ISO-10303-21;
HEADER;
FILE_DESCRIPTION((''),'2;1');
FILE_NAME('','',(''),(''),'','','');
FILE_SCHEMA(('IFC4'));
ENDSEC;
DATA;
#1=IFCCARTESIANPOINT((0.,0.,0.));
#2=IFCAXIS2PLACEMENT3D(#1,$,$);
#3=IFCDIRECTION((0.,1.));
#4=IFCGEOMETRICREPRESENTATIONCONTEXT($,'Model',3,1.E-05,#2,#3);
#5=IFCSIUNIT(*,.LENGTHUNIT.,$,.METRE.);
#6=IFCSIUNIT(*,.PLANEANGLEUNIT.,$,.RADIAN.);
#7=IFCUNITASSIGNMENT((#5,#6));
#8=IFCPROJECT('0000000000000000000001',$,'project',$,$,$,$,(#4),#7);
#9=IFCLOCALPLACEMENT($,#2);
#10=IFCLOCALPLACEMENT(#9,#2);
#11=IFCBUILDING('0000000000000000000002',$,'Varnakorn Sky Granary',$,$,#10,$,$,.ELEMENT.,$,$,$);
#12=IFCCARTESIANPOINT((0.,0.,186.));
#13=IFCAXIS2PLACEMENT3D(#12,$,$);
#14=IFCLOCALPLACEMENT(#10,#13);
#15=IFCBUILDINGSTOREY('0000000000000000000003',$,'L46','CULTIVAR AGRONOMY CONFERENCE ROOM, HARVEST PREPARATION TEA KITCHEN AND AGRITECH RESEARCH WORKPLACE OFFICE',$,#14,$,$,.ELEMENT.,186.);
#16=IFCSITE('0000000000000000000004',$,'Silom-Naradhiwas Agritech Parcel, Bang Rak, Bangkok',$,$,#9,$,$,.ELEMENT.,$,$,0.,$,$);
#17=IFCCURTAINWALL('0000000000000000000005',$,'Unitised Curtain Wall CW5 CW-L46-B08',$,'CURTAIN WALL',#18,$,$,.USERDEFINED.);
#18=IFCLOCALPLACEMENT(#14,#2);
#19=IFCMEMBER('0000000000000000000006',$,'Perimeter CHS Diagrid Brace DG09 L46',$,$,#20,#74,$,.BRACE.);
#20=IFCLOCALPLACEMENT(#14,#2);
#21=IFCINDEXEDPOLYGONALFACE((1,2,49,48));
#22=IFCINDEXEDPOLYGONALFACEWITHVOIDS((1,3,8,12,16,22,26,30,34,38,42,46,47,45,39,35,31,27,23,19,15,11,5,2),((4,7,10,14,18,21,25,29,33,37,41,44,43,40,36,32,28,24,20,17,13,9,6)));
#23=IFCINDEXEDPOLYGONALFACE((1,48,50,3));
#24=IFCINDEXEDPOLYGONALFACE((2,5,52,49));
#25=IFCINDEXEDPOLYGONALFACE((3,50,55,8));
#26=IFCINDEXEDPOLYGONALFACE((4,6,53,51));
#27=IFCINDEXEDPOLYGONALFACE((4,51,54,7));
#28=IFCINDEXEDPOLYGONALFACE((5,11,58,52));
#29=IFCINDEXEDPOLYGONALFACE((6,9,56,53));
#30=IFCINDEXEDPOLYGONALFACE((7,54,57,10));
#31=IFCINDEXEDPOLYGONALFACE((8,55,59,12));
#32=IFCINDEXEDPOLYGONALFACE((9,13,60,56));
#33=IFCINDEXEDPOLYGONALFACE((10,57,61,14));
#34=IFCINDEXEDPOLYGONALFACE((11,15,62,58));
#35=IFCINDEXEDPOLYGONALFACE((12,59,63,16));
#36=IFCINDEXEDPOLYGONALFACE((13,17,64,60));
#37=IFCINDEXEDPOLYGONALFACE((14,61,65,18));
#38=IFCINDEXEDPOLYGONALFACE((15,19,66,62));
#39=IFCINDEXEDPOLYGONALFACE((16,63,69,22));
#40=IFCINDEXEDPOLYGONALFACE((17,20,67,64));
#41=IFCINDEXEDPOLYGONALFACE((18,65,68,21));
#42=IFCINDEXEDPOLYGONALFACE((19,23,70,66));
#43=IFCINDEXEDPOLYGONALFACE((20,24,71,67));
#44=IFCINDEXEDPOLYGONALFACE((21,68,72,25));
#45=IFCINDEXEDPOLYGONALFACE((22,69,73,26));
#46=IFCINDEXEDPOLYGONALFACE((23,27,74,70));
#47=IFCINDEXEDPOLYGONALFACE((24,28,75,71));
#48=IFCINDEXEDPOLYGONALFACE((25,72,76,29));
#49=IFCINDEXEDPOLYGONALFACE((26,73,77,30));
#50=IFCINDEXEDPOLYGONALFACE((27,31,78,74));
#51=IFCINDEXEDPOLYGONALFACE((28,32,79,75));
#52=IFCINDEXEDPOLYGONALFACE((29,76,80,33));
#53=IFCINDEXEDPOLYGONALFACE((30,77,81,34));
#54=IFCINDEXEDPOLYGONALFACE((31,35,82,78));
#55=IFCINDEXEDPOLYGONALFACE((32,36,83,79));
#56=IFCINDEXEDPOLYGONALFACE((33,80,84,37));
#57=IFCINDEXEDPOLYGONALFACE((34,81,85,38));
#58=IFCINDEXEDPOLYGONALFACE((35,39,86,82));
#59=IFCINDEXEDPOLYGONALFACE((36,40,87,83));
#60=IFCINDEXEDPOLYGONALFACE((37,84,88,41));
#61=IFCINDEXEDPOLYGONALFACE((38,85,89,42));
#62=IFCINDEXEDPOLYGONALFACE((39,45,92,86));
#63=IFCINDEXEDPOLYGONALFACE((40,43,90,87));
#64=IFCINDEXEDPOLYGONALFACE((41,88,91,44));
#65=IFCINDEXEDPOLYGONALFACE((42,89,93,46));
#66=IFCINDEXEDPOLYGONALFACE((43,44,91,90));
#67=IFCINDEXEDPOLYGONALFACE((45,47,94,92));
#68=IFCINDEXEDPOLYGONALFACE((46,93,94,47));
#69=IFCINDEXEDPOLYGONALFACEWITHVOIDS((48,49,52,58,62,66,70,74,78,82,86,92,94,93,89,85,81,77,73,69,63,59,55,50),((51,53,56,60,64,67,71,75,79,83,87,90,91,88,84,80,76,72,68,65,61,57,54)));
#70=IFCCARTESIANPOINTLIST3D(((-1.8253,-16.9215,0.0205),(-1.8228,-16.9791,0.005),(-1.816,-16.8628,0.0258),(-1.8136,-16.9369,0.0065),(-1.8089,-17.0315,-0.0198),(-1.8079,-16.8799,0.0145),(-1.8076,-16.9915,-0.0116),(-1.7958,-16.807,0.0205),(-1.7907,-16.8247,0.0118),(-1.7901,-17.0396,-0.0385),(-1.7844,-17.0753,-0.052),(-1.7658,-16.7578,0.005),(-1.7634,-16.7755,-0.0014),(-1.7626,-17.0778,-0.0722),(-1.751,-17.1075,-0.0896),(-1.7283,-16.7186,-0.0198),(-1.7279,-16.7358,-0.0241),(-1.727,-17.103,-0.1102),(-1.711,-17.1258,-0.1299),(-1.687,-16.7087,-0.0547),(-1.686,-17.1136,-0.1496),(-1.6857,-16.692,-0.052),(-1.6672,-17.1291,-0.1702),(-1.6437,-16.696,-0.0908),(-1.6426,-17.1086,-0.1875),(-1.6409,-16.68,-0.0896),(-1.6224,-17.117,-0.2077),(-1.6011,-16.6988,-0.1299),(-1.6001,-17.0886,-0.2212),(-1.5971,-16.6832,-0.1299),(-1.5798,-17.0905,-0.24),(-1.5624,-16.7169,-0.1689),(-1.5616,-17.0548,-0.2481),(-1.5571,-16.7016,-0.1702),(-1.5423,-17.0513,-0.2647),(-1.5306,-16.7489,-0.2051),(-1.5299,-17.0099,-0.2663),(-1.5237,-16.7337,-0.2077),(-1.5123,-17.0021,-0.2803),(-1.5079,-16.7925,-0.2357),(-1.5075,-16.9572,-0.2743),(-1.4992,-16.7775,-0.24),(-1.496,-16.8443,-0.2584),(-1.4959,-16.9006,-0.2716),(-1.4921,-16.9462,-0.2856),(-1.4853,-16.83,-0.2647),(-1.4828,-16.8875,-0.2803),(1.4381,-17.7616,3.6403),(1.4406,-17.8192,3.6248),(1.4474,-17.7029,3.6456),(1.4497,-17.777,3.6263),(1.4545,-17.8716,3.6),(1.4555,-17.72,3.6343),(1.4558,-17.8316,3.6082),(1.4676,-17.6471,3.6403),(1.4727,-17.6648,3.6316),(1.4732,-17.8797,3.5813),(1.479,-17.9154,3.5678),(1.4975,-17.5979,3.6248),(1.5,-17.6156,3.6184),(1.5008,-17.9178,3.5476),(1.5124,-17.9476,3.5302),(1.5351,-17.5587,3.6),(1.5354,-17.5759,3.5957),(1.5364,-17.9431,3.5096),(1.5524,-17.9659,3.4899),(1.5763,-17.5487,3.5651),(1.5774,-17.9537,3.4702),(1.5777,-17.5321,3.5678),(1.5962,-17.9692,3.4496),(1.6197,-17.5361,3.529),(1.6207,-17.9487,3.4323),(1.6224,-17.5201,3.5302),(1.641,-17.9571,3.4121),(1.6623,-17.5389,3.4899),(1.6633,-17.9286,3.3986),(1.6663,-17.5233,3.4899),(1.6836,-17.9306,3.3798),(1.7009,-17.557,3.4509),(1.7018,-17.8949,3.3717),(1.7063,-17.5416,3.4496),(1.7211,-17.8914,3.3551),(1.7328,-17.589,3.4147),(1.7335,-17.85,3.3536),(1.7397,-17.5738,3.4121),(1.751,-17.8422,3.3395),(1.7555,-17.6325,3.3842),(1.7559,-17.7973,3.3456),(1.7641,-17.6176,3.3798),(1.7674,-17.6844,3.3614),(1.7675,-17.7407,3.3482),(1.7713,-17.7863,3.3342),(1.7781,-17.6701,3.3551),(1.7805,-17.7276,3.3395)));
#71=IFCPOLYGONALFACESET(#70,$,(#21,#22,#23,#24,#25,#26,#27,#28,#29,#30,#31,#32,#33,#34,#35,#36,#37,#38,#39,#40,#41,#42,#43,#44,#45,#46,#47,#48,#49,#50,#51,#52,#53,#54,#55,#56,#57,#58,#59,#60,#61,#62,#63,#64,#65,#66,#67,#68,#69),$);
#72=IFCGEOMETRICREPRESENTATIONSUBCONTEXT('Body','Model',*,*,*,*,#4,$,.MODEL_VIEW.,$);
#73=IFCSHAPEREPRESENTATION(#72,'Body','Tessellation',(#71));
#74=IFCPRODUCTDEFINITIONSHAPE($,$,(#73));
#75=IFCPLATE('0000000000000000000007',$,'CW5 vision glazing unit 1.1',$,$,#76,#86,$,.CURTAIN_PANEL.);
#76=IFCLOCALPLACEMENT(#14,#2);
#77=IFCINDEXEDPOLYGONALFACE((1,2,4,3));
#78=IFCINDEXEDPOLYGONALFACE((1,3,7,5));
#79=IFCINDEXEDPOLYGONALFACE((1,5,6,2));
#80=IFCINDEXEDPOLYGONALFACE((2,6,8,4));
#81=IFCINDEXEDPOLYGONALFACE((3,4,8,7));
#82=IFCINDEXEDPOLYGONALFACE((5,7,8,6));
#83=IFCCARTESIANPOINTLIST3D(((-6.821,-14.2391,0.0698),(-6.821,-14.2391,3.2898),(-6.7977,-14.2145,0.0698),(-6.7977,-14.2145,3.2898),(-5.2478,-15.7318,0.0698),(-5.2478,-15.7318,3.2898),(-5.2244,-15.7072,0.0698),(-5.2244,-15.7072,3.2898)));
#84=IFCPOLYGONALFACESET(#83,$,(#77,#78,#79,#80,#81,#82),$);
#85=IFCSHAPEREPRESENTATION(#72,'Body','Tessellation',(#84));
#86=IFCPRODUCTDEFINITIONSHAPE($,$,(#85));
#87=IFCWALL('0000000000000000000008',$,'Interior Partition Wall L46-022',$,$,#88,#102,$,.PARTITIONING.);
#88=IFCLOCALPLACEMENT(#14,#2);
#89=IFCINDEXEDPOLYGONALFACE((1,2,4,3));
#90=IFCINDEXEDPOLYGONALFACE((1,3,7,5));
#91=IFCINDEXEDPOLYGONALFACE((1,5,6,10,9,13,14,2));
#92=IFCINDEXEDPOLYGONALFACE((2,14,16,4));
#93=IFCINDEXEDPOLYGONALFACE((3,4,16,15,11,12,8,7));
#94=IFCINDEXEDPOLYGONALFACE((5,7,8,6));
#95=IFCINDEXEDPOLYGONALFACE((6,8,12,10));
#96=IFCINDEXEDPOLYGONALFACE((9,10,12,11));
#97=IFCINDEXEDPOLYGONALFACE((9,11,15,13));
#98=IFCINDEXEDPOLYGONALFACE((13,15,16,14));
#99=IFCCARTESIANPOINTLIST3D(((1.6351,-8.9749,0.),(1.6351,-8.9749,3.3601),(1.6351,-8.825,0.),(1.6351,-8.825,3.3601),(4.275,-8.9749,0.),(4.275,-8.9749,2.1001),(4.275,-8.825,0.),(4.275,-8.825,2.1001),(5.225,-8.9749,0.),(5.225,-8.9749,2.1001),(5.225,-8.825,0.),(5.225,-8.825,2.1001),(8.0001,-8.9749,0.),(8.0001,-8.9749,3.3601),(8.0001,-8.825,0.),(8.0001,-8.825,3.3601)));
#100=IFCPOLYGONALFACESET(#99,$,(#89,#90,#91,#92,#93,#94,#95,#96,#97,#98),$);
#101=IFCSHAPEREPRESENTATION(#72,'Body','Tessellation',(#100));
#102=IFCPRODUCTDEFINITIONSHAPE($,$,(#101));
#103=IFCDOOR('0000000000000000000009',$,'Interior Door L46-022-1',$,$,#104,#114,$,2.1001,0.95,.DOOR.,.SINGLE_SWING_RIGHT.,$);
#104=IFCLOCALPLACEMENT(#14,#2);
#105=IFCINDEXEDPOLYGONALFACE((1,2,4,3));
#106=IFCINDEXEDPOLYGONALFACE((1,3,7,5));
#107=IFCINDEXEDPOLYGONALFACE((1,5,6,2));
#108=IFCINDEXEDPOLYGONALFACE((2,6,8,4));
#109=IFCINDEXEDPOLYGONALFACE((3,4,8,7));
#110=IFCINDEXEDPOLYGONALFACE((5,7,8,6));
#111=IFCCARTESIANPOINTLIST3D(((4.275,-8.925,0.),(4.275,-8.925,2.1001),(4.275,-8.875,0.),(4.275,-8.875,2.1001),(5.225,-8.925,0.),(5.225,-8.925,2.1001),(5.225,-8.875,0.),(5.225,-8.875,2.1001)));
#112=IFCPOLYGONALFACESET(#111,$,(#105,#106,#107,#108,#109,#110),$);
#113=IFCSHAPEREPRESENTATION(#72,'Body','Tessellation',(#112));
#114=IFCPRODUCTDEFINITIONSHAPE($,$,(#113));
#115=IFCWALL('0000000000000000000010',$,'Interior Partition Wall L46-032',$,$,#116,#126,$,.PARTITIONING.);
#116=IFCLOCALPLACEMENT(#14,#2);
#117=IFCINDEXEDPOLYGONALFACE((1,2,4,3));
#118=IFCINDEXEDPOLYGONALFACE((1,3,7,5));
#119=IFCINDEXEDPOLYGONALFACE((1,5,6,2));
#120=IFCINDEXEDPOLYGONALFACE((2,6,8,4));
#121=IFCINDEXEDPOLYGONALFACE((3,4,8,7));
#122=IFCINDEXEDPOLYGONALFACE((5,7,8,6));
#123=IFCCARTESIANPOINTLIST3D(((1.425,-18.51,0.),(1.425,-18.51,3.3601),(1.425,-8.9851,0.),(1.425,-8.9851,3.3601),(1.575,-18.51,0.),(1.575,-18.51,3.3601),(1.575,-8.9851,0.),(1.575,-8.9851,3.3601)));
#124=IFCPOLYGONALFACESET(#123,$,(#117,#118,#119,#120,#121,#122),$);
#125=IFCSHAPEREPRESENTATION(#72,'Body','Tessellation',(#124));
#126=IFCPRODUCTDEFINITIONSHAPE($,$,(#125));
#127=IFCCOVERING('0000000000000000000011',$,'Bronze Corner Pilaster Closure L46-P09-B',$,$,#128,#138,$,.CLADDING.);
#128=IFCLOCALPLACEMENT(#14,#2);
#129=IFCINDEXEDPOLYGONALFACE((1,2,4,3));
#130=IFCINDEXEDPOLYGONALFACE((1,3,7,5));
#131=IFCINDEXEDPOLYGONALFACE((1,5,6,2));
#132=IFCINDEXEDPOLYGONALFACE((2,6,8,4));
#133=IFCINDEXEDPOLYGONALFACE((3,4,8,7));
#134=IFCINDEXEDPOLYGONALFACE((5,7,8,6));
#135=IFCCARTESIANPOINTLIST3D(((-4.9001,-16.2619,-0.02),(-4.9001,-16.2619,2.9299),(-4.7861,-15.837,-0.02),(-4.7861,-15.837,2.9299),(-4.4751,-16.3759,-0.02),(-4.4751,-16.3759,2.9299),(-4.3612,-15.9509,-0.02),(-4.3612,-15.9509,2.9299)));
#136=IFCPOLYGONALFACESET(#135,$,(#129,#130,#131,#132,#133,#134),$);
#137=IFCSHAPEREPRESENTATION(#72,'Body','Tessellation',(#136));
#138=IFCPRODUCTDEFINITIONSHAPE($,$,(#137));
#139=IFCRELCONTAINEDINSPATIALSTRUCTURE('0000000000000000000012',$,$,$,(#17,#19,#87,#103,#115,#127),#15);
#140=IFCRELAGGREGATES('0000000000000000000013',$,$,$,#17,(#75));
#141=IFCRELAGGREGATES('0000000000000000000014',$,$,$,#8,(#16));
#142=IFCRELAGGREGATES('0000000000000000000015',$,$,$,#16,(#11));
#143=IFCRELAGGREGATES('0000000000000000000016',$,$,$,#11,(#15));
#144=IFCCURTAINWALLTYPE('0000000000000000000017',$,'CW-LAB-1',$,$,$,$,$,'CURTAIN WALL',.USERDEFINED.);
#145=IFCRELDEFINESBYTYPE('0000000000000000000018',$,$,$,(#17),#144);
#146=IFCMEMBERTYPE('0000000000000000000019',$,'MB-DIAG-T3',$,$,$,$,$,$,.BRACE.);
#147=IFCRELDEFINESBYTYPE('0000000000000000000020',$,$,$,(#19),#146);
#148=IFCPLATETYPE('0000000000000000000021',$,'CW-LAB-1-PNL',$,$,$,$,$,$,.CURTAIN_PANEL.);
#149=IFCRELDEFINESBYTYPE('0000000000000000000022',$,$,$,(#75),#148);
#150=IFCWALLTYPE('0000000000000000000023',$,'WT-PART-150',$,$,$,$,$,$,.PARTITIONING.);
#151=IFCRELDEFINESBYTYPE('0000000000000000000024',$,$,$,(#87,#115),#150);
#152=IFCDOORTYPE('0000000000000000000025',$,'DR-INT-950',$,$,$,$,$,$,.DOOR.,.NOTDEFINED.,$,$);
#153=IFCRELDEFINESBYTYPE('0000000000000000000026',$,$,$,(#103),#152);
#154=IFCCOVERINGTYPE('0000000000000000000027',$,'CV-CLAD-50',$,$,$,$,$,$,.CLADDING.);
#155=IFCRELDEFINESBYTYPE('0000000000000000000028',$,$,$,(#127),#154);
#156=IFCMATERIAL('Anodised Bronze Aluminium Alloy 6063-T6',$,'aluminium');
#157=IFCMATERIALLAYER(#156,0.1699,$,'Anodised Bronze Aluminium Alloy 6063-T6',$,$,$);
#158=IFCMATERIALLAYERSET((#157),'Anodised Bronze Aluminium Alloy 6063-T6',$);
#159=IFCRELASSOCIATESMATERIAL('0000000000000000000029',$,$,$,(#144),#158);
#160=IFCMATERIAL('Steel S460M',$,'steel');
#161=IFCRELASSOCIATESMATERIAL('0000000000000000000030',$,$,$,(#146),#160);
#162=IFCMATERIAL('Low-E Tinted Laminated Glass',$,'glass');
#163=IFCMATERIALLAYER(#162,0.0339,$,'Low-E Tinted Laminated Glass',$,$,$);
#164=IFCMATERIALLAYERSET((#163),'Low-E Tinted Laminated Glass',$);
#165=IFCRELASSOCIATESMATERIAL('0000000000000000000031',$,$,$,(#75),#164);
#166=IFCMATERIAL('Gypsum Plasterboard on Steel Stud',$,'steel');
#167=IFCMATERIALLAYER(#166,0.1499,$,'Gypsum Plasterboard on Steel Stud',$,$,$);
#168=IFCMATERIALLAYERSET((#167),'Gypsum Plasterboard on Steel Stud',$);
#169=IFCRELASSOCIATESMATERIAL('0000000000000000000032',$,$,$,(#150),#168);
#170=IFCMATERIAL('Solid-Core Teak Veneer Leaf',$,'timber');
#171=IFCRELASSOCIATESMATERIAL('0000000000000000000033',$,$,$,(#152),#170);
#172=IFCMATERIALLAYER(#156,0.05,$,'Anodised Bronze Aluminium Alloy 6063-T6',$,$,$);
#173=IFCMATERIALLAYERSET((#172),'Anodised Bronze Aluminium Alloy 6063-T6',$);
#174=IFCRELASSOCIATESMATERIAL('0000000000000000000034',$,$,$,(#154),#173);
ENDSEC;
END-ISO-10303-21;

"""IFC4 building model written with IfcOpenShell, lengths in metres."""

from ifc_helpers import new_model, si_unit, direction, frame, frame_2d, origin, origin_2d, place, context, subcontext, project, spatial, rectangle, hollow_circle, extrude, source, transform, mapped, material, layer, layer_set, material_profile, profile_set, type_object, type_shapes, element, fill, aggregate, save


model = new_model("IFC4")

# Units and contexts
model_context = context("Model", 3, precision=1e-05, world=origin(), true_north=direction((0.0, 1.0)))
body_context = subcontext(model_context, "Body", "Model", "MODEL_VIEW")
ifc_project = project(units=[si_unit("LENGTHUNIT", "METRE"), si_unit("PLANEANGLEUNIT", "RADIAN")], contexts=[model_context])

# Site, building, storey
site_placement = place(None, origin())
site = spatial("IfcSite", under=ifc_project, at=site_placement, Name="Silom-Naradhiwas Agritech Parcel, Bang Rak, Bangkok", CompositionType="ELEMENT", RefElevation=0.0)
building_placement = place(site_placement, origin())
building = spatial("IfcBuilding", under=site, at=building_placement, Name="Varnakorn Sky Granary", CompositionType="ELEMENT")
storey_placement = place(building_placement, frame((0.0, 0.0, 186.0)))
storey = spatial("IfcBuildingStorey", under=building, at=storey_placement, Name="L46", Description="CULTIVAR AGRONOMY CONFERENCE ROOM, HARVEST PREPARATION TEA KITCHEN AND AGRITECH RESEARCH WORKPLACE OFFICE", CompositionType="ELEMENT", Elevation=186.0)

# Shared definitions
ifc_material_1 = material(Name="Steel S460M", Category="steel")

# Curtain wall
ifc_material_2 = material(Name="Anodised Bronze Aluminium Alloy 6063-T6", Category="aluminium")
ifc_layer_1 = layer(ifc_material_2, 0.1699, Name="Anodised Bronze Aluminium Alloy 6063-T6")
ifc_layer_set_1 = layer_set([ifc_layer_1], Name="Anodised Bronze Aluminium Alloy 6063-T6")
curtain_wall_type = type_object("IfcCurtainWallType", Name="CW-LAB-1", ElementType="CURTAIN WALL", PredefinedType="USERDEFINED", material=ifc_layer_set_1)
curtain_wall_placement = place(storey_placement, origin())
curtain_wall = element("IfcCurtainWall", 1, at=curtain_wall_placement, inside=storey, type_object=curtain_wall_type, Name="Unitised Curtain Wall CW5 CW-L46-B08", ObjectType="CURTAIN WALL", PredefinedType="USERDEFINED")

# Member
ifc_material_profile_1 = material_profile(ifc_material_1, hollow_circle(Radius=0.2285, WallThickness=0.0161, at=origin_2d()), Name="CHS 457x16")
ifc_profile_set_1 = profile_set([ifc_material_profile_1], Name="Steel S460M")
member_type_1 = type_object("IfcMemberType", Name="MB-DIAG-T3", PredefinedType="BRACE", material=ifc_profile_set_1)
member_1_placement = place(storey_placement, frame((-1.6541, -16.9045, -0.1299), z_axis=(0.659862, -0.169865, 0.731935), x_axis=(0.249297, 0.968427, 0.0)))
element("IfcMember", 2, at=member_1_placement, inside=storey, type_object=member_type_1, Name="Perimeter CHS Diagrid Brace DG09 L46", PredefinedType="BRACE", context=body_context, shape_type="SweptSolid", body=[
    extrude(hollow_circle(Radius=0.2285, WallThickness=0.0161, at=origin_2d()), origin(), (0.0, 0.0, 1.0), 4.9456),
])

# Plate
ifc_material_3 = material(Name="Low-E Tinted Laminated Glass", Category="glass")
ifc_layer_2 = layer(ifc_material_3, 0.0339, Name="Low-E Tinted Laminated Glass")
ifc_layer_set_2 = layer_set([ifc_layer_2], Name="Low-E Tinted Laminated Glass")
plate_type = type_object("IfcPlateType", Name="CW-LAB-1-PNL", PredefinedType="CURTAIN_PANEL")
shared_shape_1 = source(origin(), body_context, "Body", "SweptSolid", [
    extrude(rectangle(XDim=2.1687, YDim=0.0339, at=origin_2d()), origin(), (0.0, 0.0, 1.0), 3.22),
])
type_shapes(plate_type, [shared_shape_1])
plate_placement = place(storey_placement, frame((-6.0227, -14.9731, 0.0698), z_axis=(0.0, 0.0, 1.0), x_axis=(-0.725434, 0.688292, 0.0)))
plate = element("IfcPlate", 3, at=plate_placement, type_object=plate_type, material=ifc_layer_set_2, Name="CW5 vision glazing unit 1.1", PredefinedType="CURTAIN_PANEL", context=body_context, shape_type="MappedRepresentation", body=[
    mapped(shared_shape_1, transform((0.0, 0.0, 0.0), x_axis=(1.0, 0.0, 0.0), y_axis=(0.0, 1.0, 0.0), z_axis=(0.0, 0.0, 1.0), scale=1.0)),
])
aggregate(curtain_wall, [plate])

# Wall, opening, door
ifc_material_4 = material(Name="Gypsum Plasterboard on Steel Stud", Category="steel")
ifc_layer_3 = layer(ifc_material_4, 0.1499, Name="Gypsum Plasterboard on Steel Stud")
ifc_layer_set_3 = layer_set([ifc_layer_3], Name="Gypsum Plasterboard on Steel Stud")
wall_type = type_object("IfcWallType", Name="WT-PART-150", PredefinedType="PARTITIONING", material=ifc_layer_set_3)
wall_1_placement = place(storey_placement, frame((1.635, -8.8999, 0.0), z_axis=(0.0, 0.0, 1.0), x_axis=(1.0, 0.0, 0.0)))
wall_1 = element("IfcWall", 4, at=wall_1_placement, inside=storey, type_object=wall_type, Name="Interior Partition Wall L46-022", PredefinedType="PARTITIONING", context=body_context, shape_type="SweptSolid", body=[
    extrude(rectangle(XDim=6.365, YDim=0.1499, at=frame_2d((3.1826, 0.0))), origin(), (0.0, 0.0, 1.0), 3.3601),
])
opening_placement = place(wall_1_placement, frame((2.6399, 0.0, 0.0)))
opening = element("IfcOpeningElement", 5, at=opening_placement, cuts=wall_1, PredefinedType="OPENING", context=body_context, shape_type="SweptSolid", body=[
    extrude(rectangle(XDim=0.95, YDim=2.1001, at=frame_2d((0.4751, 1.05))), frame((0.0, 0.085, 0.0), z_axis=(0.0, -1.0, 0.0), x_axis=(1.0, 0.0, 0.0)), (0.0, 0.0, 1.0), 0.1699),
])
ifc_material_5 = material(Name="Solid-Core Teak Veneer Leaf", Category="timber")
door_type = type_object("IfcDoorType", Name="DR-INT-950", OperationType="NOTDEFINED", PredefinedType="DOOR", material=ifc_material_5)
door_placement = place(opening_placement, origin())
door = element("IfcDoor", 6, at=door_placement, inside=storey, type_object=door_type, Name="Interior Door L46-022-1", OperationType="SINGLE_SWING_RIGHT", OverallHeight=2.1001, OverallWidth=0.95, PredefinedType="DOOR", context=body_context, shape_type="SweptSolid", body=[
    extrude(rectangle(XDim=0.95, YDim=2.1001, at=frame_2d((0.4751, 1.05))), frame((0.0, 0.0249, 0.0), z_axis=(0.0, -1.0, 0.0), x_axis=(1.0, 0.0, 0.0)), (0.0, 0.0, 1.0), 0.05),
])
fill(opening, door)

# Wall
wall_2_placement = place(storey_placement, frame((1.5, -8.9851, 0.0), z_axis=(0.0, 0.0, 1.0), x_axis=(0.0, -1.0, 0.0)))
element("IfcWall", 7, at=wall_2_placement, inside=storey, type_object=wall_type, Name="Interior Partition Wall L46-032", PredefinedType="PARTITIONING", context=body_context, shape_type="SweptSolid", body=[
    extrude(rectangle(XDim=9.5249, YDim=0.1499, at=frame_2d((4.7625, 0.0))), origin(), (0.0, 0.0, 1.0), 3.3601),
])

# Covering
ifc_layer_4 = layer(ifc_material_2, 0.05, Name="Anodised Bronze Aluminium Alloy 6063-T6")
ifc_layer_set_4 = layer_set([ifc_layer_4], Name="Anodised Bronze Aluminium Alloy 6063-T6")
covering_type = type_object("IfcCoveringType", Name="CV-CLAD-50", PredefinedType="CLADDING", material=ifc_layer_set_4)
shared_shape_2 = source(origin(), body_context, "Body", "SweptSolid", [
    extrude(rectangle(XDim=0.4399, YDim=0.4399, at=origin_2d()), origin(), (0.0, 0.0, 1.0), 2.95),
])
type_shapes(covering_type, [shared_shape_2])
covering_placement = place(storey_placement, frame((-4.6306, -16.1064, -0.02), z_axis=(0.0, 0.0, 1.0), x_axis=(-0.965881, 0.258988, 0.0)))
element("IfcCovering", 8, at=covering_placement, inside=storey, type_object=covering_type, Name="Bronze Corner Pilaster Closure L46-P09-B", PredefinedType="CLADDING", context=body_context, shape_type="MappedRepresentation", body=[
    mapped(shared_shape_2, transform((0.0, 0.0, 0.0), x_axis=(1.0, 0.0, 0.0), y_axis=(0.0, 1.0, 0.0), z_axis=(0.0, 0.0, 1.0), scale=1.0)),
])

save(model, "model.ifc")
